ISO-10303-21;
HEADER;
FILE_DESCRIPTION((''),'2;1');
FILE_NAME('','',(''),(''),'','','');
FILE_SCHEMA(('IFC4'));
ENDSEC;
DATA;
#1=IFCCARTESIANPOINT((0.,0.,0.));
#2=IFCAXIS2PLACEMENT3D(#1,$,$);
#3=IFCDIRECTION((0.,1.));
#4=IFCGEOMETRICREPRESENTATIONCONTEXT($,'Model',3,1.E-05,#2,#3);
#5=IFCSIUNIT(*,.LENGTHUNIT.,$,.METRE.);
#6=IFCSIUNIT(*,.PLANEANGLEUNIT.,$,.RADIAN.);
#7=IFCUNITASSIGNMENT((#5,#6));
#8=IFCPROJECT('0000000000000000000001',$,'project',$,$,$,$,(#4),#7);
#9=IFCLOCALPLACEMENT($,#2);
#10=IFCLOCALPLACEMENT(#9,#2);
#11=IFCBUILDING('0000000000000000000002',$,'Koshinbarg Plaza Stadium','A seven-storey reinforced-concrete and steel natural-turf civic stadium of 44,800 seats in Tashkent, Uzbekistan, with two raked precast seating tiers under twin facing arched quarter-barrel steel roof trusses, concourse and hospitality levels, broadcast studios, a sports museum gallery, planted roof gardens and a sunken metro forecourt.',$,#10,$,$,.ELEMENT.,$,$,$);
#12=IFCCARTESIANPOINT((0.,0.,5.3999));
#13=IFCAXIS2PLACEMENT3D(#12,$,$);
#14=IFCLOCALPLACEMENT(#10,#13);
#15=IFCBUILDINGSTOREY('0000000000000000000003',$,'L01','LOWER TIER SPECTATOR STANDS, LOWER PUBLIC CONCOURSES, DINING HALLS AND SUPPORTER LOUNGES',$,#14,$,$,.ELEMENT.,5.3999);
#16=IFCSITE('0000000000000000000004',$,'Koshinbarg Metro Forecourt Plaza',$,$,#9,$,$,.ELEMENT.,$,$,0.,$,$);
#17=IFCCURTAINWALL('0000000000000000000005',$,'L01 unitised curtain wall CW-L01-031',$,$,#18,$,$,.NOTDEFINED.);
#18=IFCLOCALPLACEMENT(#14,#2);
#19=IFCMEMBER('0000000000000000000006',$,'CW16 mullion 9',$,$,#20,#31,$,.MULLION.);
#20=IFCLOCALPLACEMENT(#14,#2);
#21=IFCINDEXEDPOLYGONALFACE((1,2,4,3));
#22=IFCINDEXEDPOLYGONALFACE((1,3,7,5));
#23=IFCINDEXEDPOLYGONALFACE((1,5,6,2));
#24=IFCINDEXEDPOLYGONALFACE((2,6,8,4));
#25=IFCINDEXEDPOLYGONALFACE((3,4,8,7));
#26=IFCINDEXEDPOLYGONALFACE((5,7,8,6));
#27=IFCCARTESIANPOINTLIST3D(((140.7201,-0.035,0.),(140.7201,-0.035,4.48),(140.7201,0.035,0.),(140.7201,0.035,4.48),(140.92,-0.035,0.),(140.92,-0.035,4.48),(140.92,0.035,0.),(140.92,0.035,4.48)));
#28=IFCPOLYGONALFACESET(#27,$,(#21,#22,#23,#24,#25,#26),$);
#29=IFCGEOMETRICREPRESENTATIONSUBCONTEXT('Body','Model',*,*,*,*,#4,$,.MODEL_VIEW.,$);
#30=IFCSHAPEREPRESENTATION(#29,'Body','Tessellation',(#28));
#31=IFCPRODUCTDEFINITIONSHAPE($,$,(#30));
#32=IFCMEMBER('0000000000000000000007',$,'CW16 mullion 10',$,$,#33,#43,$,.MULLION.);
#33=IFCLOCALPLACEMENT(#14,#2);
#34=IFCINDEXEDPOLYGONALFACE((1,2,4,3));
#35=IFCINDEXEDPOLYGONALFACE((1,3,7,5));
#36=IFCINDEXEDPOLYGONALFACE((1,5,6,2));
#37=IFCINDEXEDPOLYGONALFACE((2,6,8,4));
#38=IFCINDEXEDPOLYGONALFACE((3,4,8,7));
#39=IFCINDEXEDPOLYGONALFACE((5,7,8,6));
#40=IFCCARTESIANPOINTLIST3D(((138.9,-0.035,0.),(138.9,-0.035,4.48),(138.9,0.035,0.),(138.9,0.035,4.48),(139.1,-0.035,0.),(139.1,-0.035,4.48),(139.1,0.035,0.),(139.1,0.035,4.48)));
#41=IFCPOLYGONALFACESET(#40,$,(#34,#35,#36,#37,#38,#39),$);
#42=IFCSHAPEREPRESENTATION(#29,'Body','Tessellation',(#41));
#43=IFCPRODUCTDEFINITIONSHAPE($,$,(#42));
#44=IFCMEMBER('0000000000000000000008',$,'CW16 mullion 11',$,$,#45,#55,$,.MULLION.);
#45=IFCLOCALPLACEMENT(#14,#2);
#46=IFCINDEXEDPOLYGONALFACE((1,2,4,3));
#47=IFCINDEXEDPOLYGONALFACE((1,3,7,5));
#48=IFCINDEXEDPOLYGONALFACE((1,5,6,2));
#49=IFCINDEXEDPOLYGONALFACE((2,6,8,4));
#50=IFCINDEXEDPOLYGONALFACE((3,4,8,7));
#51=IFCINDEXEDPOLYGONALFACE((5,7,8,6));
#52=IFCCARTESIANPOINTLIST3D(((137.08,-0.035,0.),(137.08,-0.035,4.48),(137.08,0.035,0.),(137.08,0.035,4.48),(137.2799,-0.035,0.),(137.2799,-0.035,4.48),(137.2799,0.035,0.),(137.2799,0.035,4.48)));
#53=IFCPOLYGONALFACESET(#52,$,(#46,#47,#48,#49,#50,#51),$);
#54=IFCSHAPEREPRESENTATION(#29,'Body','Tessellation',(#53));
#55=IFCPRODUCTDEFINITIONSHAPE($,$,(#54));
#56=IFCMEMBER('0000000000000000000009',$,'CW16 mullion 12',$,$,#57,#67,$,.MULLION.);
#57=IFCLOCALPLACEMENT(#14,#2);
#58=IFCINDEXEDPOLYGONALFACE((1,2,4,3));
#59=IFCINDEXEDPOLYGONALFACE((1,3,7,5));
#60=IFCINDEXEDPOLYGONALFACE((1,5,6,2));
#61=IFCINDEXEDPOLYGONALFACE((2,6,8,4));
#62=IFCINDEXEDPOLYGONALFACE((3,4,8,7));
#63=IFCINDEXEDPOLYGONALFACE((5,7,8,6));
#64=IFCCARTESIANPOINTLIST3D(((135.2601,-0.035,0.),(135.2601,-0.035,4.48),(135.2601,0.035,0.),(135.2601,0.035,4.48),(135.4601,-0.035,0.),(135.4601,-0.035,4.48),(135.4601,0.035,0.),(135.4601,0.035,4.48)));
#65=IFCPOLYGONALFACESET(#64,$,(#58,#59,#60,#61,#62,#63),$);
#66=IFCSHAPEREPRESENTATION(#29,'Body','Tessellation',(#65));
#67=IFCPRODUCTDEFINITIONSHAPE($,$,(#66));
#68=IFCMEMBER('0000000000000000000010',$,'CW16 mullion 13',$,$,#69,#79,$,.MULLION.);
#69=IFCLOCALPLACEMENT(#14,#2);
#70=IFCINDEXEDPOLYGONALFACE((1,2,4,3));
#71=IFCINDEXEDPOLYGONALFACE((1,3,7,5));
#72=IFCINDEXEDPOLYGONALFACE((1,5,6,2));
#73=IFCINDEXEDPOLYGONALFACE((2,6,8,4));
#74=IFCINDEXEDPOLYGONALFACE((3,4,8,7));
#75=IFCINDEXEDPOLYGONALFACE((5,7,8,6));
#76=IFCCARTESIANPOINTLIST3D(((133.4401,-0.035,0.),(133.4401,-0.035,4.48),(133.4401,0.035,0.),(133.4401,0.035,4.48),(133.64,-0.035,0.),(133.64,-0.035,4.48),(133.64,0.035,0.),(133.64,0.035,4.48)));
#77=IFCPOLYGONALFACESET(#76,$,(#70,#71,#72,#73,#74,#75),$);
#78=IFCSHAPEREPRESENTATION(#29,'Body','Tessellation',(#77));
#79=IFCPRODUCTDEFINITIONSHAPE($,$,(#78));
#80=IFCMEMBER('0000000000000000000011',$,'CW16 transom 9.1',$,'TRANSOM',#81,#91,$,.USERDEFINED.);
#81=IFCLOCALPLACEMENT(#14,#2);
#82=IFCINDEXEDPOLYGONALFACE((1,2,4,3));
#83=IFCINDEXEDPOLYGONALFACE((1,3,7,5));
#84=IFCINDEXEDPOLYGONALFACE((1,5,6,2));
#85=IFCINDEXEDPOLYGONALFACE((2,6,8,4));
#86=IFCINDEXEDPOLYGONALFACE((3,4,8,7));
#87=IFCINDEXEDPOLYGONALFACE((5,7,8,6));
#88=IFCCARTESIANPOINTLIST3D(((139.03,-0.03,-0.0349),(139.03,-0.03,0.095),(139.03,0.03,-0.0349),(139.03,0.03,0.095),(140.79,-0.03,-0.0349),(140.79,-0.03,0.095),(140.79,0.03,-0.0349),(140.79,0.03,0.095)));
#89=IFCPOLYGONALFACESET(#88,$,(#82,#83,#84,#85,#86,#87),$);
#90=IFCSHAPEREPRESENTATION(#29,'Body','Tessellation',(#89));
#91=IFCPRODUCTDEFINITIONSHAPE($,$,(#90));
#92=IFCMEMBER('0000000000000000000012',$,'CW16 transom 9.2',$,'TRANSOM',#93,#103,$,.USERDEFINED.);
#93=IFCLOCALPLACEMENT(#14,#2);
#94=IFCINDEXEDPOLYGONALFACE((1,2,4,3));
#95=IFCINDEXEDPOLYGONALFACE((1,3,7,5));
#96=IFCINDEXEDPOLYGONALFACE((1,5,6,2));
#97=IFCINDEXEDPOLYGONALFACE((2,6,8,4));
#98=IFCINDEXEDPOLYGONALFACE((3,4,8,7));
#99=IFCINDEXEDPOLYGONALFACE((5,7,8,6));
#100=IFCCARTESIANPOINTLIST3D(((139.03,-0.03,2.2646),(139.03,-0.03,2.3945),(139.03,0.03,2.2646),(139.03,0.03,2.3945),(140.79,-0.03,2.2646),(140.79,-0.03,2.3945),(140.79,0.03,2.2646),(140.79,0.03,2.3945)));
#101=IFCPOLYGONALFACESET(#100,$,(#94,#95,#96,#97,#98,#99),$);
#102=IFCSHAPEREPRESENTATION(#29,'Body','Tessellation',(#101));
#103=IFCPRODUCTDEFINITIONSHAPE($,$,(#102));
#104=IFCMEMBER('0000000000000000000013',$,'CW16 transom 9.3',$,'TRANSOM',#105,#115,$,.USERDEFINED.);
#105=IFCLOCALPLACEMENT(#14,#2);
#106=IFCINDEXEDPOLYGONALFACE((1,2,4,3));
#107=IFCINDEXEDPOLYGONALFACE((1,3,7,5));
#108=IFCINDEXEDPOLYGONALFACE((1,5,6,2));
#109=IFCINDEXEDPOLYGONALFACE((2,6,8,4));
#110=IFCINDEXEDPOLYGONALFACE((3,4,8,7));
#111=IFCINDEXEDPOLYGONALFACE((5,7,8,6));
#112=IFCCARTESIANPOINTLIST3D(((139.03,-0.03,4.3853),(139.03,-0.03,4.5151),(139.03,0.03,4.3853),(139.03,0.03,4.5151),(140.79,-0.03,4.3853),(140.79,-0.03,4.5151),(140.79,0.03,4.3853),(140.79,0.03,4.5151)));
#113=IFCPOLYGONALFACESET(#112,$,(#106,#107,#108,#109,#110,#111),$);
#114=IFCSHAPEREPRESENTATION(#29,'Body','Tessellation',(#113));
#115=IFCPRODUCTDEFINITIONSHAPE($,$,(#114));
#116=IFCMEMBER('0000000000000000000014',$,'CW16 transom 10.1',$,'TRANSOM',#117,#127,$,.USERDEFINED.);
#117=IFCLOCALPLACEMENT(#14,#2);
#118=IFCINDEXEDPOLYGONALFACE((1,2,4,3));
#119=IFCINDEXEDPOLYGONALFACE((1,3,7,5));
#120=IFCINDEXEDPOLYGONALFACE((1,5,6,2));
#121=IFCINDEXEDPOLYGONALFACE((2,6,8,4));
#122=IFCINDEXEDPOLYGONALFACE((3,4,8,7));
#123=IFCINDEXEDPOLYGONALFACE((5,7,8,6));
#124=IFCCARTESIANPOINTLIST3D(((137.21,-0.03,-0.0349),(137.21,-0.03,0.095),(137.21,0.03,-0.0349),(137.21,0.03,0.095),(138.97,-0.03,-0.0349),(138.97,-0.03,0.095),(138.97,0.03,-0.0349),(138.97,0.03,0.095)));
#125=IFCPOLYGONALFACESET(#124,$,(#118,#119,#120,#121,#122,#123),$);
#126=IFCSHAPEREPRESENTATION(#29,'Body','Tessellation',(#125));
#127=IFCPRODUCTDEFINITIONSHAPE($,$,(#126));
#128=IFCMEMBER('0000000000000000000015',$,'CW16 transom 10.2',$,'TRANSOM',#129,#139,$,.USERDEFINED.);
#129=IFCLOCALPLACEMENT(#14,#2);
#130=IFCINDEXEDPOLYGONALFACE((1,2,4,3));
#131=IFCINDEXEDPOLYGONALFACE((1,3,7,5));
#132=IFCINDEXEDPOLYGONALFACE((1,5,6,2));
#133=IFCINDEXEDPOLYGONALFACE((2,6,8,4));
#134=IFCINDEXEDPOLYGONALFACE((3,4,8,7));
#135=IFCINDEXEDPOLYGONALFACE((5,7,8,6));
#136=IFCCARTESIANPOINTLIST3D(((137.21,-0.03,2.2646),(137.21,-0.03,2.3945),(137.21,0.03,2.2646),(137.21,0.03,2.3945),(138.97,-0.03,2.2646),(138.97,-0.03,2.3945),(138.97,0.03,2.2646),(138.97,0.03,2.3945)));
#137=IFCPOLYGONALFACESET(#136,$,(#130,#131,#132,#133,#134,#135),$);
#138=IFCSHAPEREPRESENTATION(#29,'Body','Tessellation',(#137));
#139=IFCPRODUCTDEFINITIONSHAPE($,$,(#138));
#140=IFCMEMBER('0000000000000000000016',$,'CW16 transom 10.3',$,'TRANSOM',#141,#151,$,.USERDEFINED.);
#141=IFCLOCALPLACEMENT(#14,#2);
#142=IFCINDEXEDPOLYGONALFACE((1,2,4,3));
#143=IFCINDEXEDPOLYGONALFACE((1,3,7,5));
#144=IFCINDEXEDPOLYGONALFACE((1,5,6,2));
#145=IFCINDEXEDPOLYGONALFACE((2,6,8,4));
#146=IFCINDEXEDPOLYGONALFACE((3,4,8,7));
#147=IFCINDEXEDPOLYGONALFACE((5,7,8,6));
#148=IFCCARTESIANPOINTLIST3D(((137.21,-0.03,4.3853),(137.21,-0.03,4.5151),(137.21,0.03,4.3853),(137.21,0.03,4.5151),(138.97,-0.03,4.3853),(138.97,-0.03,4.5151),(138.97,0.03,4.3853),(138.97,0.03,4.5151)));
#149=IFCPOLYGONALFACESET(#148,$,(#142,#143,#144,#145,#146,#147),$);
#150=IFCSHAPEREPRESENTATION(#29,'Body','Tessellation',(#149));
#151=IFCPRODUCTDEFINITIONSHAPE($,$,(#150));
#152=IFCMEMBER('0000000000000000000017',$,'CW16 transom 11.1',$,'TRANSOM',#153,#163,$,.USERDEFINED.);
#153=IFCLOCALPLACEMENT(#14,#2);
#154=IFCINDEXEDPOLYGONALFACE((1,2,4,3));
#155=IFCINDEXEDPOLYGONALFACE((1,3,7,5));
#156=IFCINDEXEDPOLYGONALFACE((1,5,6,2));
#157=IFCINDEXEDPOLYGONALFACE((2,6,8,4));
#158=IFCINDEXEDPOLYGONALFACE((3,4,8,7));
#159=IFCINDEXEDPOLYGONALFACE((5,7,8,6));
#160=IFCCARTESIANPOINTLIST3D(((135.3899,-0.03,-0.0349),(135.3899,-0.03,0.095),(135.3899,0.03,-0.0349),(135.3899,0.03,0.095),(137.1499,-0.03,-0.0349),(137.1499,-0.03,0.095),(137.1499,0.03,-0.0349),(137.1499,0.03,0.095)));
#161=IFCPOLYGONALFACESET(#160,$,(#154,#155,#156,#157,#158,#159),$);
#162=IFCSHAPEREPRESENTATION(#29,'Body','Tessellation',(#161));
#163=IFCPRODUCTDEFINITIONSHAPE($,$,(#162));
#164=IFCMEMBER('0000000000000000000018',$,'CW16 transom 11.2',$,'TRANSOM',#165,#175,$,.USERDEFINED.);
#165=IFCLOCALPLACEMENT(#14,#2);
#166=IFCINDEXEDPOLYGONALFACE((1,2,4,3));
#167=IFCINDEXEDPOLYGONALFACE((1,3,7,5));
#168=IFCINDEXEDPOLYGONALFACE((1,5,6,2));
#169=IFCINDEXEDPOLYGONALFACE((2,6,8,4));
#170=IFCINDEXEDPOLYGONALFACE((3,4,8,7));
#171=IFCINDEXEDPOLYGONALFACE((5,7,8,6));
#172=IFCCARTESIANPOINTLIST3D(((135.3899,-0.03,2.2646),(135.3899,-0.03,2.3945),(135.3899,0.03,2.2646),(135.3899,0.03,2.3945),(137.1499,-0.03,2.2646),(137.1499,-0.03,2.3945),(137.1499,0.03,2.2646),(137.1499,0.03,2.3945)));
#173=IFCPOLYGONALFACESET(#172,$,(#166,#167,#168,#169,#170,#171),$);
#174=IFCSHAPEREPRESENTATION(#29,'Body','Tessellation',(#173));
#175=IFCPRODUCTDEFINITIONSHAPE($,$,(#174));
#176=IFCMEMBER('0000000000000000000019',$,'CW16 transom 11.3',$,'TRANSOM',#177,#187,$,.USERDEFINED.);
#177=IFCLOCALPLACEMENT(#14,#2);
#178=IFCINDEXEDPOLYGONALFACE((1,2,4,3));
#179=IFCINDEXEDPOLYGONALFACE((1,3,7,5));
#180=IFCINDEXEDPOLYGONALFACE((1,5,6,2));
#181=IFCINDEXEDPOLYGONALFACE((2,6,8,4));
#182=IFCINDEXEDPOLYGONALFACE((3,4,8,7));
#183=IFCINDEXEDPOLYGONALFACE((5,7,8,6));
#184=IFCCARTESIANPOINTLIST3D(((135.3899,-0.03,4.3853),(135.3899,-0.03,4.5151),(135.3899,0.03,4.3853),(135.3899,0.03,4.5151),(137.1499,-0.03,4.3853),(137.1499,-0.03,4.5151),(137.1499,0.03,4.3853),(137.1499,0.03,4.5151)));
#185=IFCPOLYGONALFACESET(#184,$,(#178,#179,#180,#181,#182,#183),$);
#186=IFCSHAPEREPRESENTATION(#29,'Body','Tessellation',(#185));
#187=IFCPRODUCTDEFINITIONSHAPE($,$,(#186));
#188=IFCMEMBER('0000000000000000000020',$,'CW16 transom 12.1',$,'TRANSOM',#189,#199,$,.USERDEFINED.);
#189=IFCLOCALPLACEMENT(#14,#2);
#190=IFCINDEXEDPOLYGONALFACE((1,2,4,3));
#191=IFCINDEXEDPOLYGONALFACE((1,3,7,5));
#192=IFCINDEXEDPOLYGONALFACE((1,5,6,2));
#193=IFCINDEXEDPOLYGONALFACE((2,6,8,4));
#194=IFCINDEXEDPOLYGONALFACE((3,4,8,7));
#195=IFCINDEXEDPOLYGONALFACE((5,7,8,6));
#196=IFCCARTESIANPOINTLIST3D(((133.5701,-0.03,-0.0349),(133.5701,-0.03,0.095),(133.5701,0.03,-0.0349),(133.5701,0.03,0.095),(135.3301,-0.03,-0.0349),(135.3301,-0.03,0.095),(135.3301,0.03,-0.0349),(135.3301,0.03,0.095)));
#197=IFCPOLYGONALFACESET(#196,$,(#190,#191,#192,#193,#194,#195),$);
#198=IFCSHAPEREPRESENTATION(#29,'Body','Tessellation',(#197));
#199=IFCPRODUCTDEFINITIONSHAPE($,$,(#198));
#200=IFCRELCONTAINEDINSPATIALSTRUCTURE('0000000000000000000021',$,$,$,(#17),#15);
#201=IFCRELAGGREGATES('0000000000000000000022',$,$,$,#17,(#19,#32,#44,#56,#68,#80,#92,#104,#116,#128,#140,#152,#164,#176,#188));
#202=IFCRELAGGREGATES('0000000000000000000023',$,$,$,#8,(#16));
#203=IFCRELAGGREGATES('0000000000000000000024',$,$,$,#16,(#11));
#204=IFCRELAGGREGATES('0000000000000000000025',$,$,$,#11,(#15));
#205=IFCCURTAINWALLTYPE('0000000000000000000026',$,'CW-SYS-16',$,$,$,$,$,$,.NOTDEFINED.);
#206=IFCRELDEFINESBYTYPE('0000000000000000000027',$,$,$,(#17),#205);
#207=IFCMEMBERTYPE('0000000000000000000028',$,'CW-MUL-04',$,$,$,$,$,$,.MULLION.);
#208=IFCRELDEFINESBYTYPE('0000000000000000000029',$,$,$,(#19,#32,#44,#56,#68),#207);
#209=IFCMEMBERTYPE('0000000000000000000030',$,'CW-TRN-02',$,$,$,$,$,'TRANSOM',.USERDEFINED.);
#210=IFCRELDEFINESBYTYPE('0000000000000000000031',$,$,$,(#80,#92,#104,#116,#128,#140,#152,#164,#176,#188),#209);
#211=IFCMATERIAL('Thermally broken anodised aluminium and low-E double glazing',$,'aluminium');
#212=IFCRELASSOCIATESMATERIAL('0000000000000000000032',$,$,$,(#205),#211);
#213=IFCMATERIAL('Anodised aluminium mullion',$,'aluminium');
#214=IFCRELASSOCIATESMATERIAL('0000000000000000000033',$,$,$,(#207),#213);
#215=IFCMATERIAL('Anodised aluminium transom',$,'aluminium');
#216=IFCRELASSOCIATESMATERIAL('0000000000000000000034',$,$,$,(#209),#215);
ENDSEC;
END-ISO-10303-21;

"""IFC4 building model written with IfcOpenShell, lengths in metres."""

from ifc_helpers import new_model, si_unit, direction, frame, origin, origin_2d, place, context, subcontext, project, spatial, rectangle, extrude, material, material_profile, profile_set, type_object, element, aggregate, save


model = new_model("IFC4")

# Units and contexts
model_context = context("Model", 3, precision=1e-05, world=origin(), true_north=direction((0.0, 1.0)))
body_context = subcontext(model_context, "Body", "Model", "MODEL_VIEW")
ifc_project = project(units=[si_unit("LENGTHUNIT", "METRE"), si_unit("PLANEANGLEUNIT", "RADIAN")], contexts=[model_context])

# Site, building, storey
site_placement = place(None, origin())
site = spatial("IfcSite", under=ifc_project, at=site_placement, Name="Koshinbarg Metro Forecourt Plaza", CompositionType="ELEMENT", RefElevation=0.0)
building_placement = place(site_placement, origin())
building = spatial("IfcBuilding", under=site, at=building_placement, Name="Koshinbarg Plaza Stadium", Description="A seven-storey reinforced-concrete and steel natural-turf civic stadium of 44,800 seats in Tashkent, Uzbekistan, with two raked precast seating tiers under twin facing arched quarter-barrel steel roof trusses, concourse and hospitality levels, broadcast studios, a sports museum gallery, planted roof gardens and a sunken metro forecourt.", CompositionType="ELEMENT")
storey_placement = place(building_placement, frame((0.0, 0.0, 5.3999)))
storey = spatial("IfcBuildingStorey", under=building, at=storey_placement, Name="L01", Description="LOWER TIER SPECTATOR STANDS, LOWER PUBLIC CONCOURSES, DINING HALLS AND SUPPORTER LOUNGES", CompositionType="ELEMENT", Elevation=5.3999)

# Curtain wall, members
ifc_material_1 = material(Name="Thermally broken anodised aluminium and low-E double glazing", Category="aluminium")
curtain_wall_type = type_object("IfcCurtainWallType", Name="CW-SYS-16", PredefinedType="NOTDEFINED", material=ifc_material_1)
curtain_wall_placement = place(storey_placement, origin())
curtain_wall = element("IfcCurtainWall", 1, at=curtain_wall_placement, inside=storey, type_object=curtain_wall_type, Name="L01 unitised curtain wall CW-L01-031", PredefinedType="NOTDEFINED")
ifc_material_2 = material(Name="Anodised aluminium mullion", Category="aluminium")
ifc_material_profile_1 = material_profile(ifc_material_2, rectangle(XDim=0.0701, YDim=0.2, at=origin_2d()), Name="ALU 70x200")
ifc_profile_set_1 = profile_set([ifc_material_profile_1], Name="Anodised aluminium mullion")
member_type_1 = type_object("IfcMemberType", Name="CW-MUL-04", PredefinedType="MULLION", material=ifc_profile_set_1)
member_1_placement = place(storey_placement, frame((140.8201, 0.0, 0.0), z_axis=(0.0, 0.0, 1.0), x_axis=(0.0, -1.0, 0.0)))
member_1 = element("IfcMember", 2, at=member_1_placement, type_object=member_type_1, Name="CW16 mullion 9", PredefinedType="MULLION", context=body_context, shape_type="SweptSolid", body=[
    extrude(rectangle(XDim=0.0701, YDim=0.2, at=origin_2d()), origin(), (0.0, 0.0, 1.0), 4.48),
])
member_2_placement = place(storey_placement, frame((139.0, 0.0, 0.0), z_axis=(0.0, 0.0, 1.0), x_axis=(0.0, -1.0, 0.0)))
member_2 = element("IfcMember", 3, at=member_2_placement, type_object=member_type_1, Name="CW16 mullion 10", PredefinedType="MULLION", context=body_context, shape_type="SweptSolid", body=[
    extrude(rectangle(XDim=0.0701, YDim=0.2, at=origin_2d()), origin(), (0.0, 0.0, 1.0), 4.48),
])
member_3_placement = place(storey_placement, frame((137.1799, 0.0, 0.0), z_axis=(0.0, 0.0, 1.0), x_axis=(0.0, -1.0, 0.0)))
member_3 = element("IfcMember", 4, at=member_3_placement, type_object=member_type_1, Name="CW16 mullion 11", PredefinedType="MULLION", context=body_context, shape_type="SweptSolid", body=[
    extrude(rectangle(XDim=0.0701, YDim=0.2, at=origin_2d()), origin(), (0.0, 0.0, 1.0), 4.48),
])
member_4_placement = place(storey_placement, frame((135.3601, 0.0, 0.0), z_axis=(0.0, 0.0, 1.0), x_axis=(0.0, -1.0, 0.0)))
member_4 = element("IfcMember", 5, at=member_4_placement, type_object=member_type_1, Name="CW16 mullion 12", PredefinedType="MULLION", context=body_context, shape_type="SweptSolid", body=[
    extrude(rectangle(XDim=0.0701, YDim=0.2, at=origin_2d()), origin(), (0.0, 0.0, 1.0), 4.48),
])
member_5_placement = place(storey_placement, frame((133.54, 0.0, 0.0), z_axis=(0.0, 0.0, 1.0), x_axis=(0.0, -1.0, 0.0)))
member_5 = element("IfcMember", 6, at=member_5_placement, type_object=member_type_1, Name="CW16 mullion 13", PredefinedType="MULLION", context=body_context, shape_type="SweptSolid", body=[
    extrude(rectangle(XDim=0.0701, YDim=0.2, at=origin_2d()), origin(), (0.0, 0.0, 1.0), 4.48),
])
ifc_material_3 = material(Name="Anodised aluminium transom", Category="aluminium")
ifc_material_profile_2 = material_profile(ifc_material_3, rectangle(XDim=0.0601, YDim=0.1299, at=origin_2d()), Name="ALU 60x130")
ifc_profile_set_2 = profile_set([ifc_material_profile_2], Name="Anodised aluminium transom")
member_type_2 = type_object("IfcMemberType", Name="CW-TRN-02", ElementType="TRANSOM", PredefinedType="USERDEFINED", material=ifc_profile_set_2)
member_6_placement = place(storey_placement, frame((140.79, 0.0, 0.03), z_axis=(-1.0, 0.0, 0.0), x_axis=(0.0, -1.0, 0.0)))
member_6 = element("IfcMember", 7, at=member_6_placement, type_object=member_type_2, Name="CW16 transom 9.1", ObjectType="TRANSOM", PredefinedType="USERDEFINED", context=body_context, shape_type="SweptSolid", body=[
    extrude(rectangle(XDim=0.0601, YDim=0.1299, at=origin_2d()), origin(), (0.0, 0.0, 1.0), 1.76),
])
member_7_placement = place(storey_placement, frame((140.79, 0.0, 2.3296), z_axis=(-1.0, 0.0, 0.0), x_axis=(0.0, -1.0, 0.0)))
member_7 = element("IfcMember", 8, at=member_7_placement, type_object=member_type_2, Name="CW16 transom 9.2", ObjectType="TRANSOM", PredefinedType="USERDEFINED", context=body_context, shape_type="SweptSolid", body=[
    extrude(rectangle(XDim=0.0601, YDim=0.1299, at=origin_2d()), origin(), (0.0, 0.0, 1.0), 1.76),
])
member_8_placement = place(storey_placement, frame((140.79, 0.0, 4.4502), z_axis=(-1.0, 0.0, 0.0), x_axis=(0.0, -1.0, 0.0)))
member_8 = element("IfcMember", 9, at=member_8_placement, type_object=member_type_2, Name="CW16 transom 9.3", ObjectType="TRANSOM", PredefinedType="USERDEFINED", context=body_context, shape_type="SweptSolid", body=[
    extrude(rectangle(XDim=0.0601, YDim=0.1299, at=origin_2d()), origin(), (0.0, 0.0, 1.0), 1.76),
])
member_9_placement = place(storey_placement, frame((138.97, 0.0, 0.03), z_axis=(-1.0, 0.0, 0.0), x_axis=(0.0, -1.0, 0.0)))
member_9 = element("IfcMember", 10, at=member_9_placement, type_object=member_type_2, Name="CW16 transom 10.1", ObjectType="TRANSOM", PredefinedType="USERDEFINED", context=body_context, shape_type="SweptSolid", body=[
    extrude(rectangle(XDim=0.0601, YDim=0.1299, at=origin_2d()), origin(), (0.0, 0.0, 1.0), 1.76),
])
member_10_placement = place(storey_placement, frame((138.97, 0.0, 2.3296), z_axis=(-1.0, 0.0, 0.0), x_axis=(0.0, -1.0, 0.0)))
member_10 = element("IfcMember", 11, at=member_10_placement, type_object=member_type_2, Name="CW16 transom 10.2", ObjectType="TRANSOM", PredefinedType="USERDEFINED", context=body_context, shape_type="SweptSolid", body=[
    extrude(rectangle(XDim=0.0601, YDim=0.1299, at=origin_2d()), origin(), (0.0, 0.0, 1.0), 1.76),
])
member_11_placement = place(storey_placement, frame((138.97, 0.0, 4.4502), z_axis=(-1.0, 0.0, 0.0), x_axis=(0.0, -1.0, 0.0)))
member_11 = element("IfcMember", 12, at=member_11_placement, type_object=member_type_2, Name="CW16 transom 10.3", ObjectType="TRANSOM", PredefinedType="USERDEFINED", context=body_context, shape_type="SweptSolid", body=[
    extrude(rectangle(XDim=0.0601, YDim=0.1299, at=origin_2d()), origin(), (0.0, 0.0, 1.0), 1.76),
])
member_12_placement = place(storey_placement, frame((137.1499, 0.0, 0.03), z_axis=(-1.0, 0.0, 0.0), x_axis=(0.0, -1.0, 0.0)))
member_12 = element("IfcMember", 13, at=member_12_placement, type_object=member_type_2, Name="CW16 transom 11.1", ObjectType="TRANSOM", PredefinedType="USERDEFINED", context=body_context, shape_type="SweptSolid", body=[
    extrude(rectangle(XDim=0.0601, YDim=0.1299, at=origin_2d()), origin(), (0.0, 0.0, 1.0), 1.76),
])
member_13_placement = place(storey_placement, frame((137.1499, 0.0, 2.3296), z_axis=(-1.0, 0.0, 0.0), x_axis=(0.0, -1.0, 0.0)))
member_13 = element("IfcMember", 14, at=member_13_placement, type_object=member_type_2, Name="CW16 transom 11.2", ObjectType="TRANSOM", PredefinedType="USERDEFINED", context=body_context, shape_type="SweptSolid", body=[
    extrude(rectangle(XDim=0.0601, YDim=0.1299, at=origin_2d()), origin(), (0.0, 0.0, 1.0), 1.76),
])
member_14_placement = place(storey_placement, frame((137.1499, 0.0, 4.4502), z_axis=(-1.0, 0.0, 0.0), x_axis=(0.0, -1.0, 0.0)))
member_14 = element("IfcMember", 15, at=member_14_placement, type_object=member_type_2, Name="CW16 transom 11.3", ObjectType="TRANSOM", PredefinedType="USERDEFINED", context=body_context, shape_type="SweptSolid", body=[
    extrude(rectangle(XDim=0.0601, YDim=0.1299, at=origin_2d()), origin(), (0.0, 0.0, 1.0), 1.76),
])
member_15_placement = place(storey_placement, frame((135.3301, 0.0, 0.03), z_axis=(-1.0, 0.0, 0.0), x_axis=(0.0, -1.0, 0.0)))
member_15 = element("IfcMember", 16, at=member_15_placement, type_object=member_type_2, Name="CW16 transom 12.1", ObjectType="TRANSOM", PredefinedType="USERDEFINED", context=body_context, shape_type="SweptSolid", body=[
    extrude(rectangle(XDim=0.0601, YDim=0.1299, at=origin_2d()), origin(), (0.0, 0.0, 1.0), 1.76),
])
aggregate(curtain_wall, [member_1, member_2, member_3, member_4, member_5, member_6, member_7, member_8, member_9, member_10, member_11, member_12, member_13, member_14, member_15])

save(model, "model.ifc")
